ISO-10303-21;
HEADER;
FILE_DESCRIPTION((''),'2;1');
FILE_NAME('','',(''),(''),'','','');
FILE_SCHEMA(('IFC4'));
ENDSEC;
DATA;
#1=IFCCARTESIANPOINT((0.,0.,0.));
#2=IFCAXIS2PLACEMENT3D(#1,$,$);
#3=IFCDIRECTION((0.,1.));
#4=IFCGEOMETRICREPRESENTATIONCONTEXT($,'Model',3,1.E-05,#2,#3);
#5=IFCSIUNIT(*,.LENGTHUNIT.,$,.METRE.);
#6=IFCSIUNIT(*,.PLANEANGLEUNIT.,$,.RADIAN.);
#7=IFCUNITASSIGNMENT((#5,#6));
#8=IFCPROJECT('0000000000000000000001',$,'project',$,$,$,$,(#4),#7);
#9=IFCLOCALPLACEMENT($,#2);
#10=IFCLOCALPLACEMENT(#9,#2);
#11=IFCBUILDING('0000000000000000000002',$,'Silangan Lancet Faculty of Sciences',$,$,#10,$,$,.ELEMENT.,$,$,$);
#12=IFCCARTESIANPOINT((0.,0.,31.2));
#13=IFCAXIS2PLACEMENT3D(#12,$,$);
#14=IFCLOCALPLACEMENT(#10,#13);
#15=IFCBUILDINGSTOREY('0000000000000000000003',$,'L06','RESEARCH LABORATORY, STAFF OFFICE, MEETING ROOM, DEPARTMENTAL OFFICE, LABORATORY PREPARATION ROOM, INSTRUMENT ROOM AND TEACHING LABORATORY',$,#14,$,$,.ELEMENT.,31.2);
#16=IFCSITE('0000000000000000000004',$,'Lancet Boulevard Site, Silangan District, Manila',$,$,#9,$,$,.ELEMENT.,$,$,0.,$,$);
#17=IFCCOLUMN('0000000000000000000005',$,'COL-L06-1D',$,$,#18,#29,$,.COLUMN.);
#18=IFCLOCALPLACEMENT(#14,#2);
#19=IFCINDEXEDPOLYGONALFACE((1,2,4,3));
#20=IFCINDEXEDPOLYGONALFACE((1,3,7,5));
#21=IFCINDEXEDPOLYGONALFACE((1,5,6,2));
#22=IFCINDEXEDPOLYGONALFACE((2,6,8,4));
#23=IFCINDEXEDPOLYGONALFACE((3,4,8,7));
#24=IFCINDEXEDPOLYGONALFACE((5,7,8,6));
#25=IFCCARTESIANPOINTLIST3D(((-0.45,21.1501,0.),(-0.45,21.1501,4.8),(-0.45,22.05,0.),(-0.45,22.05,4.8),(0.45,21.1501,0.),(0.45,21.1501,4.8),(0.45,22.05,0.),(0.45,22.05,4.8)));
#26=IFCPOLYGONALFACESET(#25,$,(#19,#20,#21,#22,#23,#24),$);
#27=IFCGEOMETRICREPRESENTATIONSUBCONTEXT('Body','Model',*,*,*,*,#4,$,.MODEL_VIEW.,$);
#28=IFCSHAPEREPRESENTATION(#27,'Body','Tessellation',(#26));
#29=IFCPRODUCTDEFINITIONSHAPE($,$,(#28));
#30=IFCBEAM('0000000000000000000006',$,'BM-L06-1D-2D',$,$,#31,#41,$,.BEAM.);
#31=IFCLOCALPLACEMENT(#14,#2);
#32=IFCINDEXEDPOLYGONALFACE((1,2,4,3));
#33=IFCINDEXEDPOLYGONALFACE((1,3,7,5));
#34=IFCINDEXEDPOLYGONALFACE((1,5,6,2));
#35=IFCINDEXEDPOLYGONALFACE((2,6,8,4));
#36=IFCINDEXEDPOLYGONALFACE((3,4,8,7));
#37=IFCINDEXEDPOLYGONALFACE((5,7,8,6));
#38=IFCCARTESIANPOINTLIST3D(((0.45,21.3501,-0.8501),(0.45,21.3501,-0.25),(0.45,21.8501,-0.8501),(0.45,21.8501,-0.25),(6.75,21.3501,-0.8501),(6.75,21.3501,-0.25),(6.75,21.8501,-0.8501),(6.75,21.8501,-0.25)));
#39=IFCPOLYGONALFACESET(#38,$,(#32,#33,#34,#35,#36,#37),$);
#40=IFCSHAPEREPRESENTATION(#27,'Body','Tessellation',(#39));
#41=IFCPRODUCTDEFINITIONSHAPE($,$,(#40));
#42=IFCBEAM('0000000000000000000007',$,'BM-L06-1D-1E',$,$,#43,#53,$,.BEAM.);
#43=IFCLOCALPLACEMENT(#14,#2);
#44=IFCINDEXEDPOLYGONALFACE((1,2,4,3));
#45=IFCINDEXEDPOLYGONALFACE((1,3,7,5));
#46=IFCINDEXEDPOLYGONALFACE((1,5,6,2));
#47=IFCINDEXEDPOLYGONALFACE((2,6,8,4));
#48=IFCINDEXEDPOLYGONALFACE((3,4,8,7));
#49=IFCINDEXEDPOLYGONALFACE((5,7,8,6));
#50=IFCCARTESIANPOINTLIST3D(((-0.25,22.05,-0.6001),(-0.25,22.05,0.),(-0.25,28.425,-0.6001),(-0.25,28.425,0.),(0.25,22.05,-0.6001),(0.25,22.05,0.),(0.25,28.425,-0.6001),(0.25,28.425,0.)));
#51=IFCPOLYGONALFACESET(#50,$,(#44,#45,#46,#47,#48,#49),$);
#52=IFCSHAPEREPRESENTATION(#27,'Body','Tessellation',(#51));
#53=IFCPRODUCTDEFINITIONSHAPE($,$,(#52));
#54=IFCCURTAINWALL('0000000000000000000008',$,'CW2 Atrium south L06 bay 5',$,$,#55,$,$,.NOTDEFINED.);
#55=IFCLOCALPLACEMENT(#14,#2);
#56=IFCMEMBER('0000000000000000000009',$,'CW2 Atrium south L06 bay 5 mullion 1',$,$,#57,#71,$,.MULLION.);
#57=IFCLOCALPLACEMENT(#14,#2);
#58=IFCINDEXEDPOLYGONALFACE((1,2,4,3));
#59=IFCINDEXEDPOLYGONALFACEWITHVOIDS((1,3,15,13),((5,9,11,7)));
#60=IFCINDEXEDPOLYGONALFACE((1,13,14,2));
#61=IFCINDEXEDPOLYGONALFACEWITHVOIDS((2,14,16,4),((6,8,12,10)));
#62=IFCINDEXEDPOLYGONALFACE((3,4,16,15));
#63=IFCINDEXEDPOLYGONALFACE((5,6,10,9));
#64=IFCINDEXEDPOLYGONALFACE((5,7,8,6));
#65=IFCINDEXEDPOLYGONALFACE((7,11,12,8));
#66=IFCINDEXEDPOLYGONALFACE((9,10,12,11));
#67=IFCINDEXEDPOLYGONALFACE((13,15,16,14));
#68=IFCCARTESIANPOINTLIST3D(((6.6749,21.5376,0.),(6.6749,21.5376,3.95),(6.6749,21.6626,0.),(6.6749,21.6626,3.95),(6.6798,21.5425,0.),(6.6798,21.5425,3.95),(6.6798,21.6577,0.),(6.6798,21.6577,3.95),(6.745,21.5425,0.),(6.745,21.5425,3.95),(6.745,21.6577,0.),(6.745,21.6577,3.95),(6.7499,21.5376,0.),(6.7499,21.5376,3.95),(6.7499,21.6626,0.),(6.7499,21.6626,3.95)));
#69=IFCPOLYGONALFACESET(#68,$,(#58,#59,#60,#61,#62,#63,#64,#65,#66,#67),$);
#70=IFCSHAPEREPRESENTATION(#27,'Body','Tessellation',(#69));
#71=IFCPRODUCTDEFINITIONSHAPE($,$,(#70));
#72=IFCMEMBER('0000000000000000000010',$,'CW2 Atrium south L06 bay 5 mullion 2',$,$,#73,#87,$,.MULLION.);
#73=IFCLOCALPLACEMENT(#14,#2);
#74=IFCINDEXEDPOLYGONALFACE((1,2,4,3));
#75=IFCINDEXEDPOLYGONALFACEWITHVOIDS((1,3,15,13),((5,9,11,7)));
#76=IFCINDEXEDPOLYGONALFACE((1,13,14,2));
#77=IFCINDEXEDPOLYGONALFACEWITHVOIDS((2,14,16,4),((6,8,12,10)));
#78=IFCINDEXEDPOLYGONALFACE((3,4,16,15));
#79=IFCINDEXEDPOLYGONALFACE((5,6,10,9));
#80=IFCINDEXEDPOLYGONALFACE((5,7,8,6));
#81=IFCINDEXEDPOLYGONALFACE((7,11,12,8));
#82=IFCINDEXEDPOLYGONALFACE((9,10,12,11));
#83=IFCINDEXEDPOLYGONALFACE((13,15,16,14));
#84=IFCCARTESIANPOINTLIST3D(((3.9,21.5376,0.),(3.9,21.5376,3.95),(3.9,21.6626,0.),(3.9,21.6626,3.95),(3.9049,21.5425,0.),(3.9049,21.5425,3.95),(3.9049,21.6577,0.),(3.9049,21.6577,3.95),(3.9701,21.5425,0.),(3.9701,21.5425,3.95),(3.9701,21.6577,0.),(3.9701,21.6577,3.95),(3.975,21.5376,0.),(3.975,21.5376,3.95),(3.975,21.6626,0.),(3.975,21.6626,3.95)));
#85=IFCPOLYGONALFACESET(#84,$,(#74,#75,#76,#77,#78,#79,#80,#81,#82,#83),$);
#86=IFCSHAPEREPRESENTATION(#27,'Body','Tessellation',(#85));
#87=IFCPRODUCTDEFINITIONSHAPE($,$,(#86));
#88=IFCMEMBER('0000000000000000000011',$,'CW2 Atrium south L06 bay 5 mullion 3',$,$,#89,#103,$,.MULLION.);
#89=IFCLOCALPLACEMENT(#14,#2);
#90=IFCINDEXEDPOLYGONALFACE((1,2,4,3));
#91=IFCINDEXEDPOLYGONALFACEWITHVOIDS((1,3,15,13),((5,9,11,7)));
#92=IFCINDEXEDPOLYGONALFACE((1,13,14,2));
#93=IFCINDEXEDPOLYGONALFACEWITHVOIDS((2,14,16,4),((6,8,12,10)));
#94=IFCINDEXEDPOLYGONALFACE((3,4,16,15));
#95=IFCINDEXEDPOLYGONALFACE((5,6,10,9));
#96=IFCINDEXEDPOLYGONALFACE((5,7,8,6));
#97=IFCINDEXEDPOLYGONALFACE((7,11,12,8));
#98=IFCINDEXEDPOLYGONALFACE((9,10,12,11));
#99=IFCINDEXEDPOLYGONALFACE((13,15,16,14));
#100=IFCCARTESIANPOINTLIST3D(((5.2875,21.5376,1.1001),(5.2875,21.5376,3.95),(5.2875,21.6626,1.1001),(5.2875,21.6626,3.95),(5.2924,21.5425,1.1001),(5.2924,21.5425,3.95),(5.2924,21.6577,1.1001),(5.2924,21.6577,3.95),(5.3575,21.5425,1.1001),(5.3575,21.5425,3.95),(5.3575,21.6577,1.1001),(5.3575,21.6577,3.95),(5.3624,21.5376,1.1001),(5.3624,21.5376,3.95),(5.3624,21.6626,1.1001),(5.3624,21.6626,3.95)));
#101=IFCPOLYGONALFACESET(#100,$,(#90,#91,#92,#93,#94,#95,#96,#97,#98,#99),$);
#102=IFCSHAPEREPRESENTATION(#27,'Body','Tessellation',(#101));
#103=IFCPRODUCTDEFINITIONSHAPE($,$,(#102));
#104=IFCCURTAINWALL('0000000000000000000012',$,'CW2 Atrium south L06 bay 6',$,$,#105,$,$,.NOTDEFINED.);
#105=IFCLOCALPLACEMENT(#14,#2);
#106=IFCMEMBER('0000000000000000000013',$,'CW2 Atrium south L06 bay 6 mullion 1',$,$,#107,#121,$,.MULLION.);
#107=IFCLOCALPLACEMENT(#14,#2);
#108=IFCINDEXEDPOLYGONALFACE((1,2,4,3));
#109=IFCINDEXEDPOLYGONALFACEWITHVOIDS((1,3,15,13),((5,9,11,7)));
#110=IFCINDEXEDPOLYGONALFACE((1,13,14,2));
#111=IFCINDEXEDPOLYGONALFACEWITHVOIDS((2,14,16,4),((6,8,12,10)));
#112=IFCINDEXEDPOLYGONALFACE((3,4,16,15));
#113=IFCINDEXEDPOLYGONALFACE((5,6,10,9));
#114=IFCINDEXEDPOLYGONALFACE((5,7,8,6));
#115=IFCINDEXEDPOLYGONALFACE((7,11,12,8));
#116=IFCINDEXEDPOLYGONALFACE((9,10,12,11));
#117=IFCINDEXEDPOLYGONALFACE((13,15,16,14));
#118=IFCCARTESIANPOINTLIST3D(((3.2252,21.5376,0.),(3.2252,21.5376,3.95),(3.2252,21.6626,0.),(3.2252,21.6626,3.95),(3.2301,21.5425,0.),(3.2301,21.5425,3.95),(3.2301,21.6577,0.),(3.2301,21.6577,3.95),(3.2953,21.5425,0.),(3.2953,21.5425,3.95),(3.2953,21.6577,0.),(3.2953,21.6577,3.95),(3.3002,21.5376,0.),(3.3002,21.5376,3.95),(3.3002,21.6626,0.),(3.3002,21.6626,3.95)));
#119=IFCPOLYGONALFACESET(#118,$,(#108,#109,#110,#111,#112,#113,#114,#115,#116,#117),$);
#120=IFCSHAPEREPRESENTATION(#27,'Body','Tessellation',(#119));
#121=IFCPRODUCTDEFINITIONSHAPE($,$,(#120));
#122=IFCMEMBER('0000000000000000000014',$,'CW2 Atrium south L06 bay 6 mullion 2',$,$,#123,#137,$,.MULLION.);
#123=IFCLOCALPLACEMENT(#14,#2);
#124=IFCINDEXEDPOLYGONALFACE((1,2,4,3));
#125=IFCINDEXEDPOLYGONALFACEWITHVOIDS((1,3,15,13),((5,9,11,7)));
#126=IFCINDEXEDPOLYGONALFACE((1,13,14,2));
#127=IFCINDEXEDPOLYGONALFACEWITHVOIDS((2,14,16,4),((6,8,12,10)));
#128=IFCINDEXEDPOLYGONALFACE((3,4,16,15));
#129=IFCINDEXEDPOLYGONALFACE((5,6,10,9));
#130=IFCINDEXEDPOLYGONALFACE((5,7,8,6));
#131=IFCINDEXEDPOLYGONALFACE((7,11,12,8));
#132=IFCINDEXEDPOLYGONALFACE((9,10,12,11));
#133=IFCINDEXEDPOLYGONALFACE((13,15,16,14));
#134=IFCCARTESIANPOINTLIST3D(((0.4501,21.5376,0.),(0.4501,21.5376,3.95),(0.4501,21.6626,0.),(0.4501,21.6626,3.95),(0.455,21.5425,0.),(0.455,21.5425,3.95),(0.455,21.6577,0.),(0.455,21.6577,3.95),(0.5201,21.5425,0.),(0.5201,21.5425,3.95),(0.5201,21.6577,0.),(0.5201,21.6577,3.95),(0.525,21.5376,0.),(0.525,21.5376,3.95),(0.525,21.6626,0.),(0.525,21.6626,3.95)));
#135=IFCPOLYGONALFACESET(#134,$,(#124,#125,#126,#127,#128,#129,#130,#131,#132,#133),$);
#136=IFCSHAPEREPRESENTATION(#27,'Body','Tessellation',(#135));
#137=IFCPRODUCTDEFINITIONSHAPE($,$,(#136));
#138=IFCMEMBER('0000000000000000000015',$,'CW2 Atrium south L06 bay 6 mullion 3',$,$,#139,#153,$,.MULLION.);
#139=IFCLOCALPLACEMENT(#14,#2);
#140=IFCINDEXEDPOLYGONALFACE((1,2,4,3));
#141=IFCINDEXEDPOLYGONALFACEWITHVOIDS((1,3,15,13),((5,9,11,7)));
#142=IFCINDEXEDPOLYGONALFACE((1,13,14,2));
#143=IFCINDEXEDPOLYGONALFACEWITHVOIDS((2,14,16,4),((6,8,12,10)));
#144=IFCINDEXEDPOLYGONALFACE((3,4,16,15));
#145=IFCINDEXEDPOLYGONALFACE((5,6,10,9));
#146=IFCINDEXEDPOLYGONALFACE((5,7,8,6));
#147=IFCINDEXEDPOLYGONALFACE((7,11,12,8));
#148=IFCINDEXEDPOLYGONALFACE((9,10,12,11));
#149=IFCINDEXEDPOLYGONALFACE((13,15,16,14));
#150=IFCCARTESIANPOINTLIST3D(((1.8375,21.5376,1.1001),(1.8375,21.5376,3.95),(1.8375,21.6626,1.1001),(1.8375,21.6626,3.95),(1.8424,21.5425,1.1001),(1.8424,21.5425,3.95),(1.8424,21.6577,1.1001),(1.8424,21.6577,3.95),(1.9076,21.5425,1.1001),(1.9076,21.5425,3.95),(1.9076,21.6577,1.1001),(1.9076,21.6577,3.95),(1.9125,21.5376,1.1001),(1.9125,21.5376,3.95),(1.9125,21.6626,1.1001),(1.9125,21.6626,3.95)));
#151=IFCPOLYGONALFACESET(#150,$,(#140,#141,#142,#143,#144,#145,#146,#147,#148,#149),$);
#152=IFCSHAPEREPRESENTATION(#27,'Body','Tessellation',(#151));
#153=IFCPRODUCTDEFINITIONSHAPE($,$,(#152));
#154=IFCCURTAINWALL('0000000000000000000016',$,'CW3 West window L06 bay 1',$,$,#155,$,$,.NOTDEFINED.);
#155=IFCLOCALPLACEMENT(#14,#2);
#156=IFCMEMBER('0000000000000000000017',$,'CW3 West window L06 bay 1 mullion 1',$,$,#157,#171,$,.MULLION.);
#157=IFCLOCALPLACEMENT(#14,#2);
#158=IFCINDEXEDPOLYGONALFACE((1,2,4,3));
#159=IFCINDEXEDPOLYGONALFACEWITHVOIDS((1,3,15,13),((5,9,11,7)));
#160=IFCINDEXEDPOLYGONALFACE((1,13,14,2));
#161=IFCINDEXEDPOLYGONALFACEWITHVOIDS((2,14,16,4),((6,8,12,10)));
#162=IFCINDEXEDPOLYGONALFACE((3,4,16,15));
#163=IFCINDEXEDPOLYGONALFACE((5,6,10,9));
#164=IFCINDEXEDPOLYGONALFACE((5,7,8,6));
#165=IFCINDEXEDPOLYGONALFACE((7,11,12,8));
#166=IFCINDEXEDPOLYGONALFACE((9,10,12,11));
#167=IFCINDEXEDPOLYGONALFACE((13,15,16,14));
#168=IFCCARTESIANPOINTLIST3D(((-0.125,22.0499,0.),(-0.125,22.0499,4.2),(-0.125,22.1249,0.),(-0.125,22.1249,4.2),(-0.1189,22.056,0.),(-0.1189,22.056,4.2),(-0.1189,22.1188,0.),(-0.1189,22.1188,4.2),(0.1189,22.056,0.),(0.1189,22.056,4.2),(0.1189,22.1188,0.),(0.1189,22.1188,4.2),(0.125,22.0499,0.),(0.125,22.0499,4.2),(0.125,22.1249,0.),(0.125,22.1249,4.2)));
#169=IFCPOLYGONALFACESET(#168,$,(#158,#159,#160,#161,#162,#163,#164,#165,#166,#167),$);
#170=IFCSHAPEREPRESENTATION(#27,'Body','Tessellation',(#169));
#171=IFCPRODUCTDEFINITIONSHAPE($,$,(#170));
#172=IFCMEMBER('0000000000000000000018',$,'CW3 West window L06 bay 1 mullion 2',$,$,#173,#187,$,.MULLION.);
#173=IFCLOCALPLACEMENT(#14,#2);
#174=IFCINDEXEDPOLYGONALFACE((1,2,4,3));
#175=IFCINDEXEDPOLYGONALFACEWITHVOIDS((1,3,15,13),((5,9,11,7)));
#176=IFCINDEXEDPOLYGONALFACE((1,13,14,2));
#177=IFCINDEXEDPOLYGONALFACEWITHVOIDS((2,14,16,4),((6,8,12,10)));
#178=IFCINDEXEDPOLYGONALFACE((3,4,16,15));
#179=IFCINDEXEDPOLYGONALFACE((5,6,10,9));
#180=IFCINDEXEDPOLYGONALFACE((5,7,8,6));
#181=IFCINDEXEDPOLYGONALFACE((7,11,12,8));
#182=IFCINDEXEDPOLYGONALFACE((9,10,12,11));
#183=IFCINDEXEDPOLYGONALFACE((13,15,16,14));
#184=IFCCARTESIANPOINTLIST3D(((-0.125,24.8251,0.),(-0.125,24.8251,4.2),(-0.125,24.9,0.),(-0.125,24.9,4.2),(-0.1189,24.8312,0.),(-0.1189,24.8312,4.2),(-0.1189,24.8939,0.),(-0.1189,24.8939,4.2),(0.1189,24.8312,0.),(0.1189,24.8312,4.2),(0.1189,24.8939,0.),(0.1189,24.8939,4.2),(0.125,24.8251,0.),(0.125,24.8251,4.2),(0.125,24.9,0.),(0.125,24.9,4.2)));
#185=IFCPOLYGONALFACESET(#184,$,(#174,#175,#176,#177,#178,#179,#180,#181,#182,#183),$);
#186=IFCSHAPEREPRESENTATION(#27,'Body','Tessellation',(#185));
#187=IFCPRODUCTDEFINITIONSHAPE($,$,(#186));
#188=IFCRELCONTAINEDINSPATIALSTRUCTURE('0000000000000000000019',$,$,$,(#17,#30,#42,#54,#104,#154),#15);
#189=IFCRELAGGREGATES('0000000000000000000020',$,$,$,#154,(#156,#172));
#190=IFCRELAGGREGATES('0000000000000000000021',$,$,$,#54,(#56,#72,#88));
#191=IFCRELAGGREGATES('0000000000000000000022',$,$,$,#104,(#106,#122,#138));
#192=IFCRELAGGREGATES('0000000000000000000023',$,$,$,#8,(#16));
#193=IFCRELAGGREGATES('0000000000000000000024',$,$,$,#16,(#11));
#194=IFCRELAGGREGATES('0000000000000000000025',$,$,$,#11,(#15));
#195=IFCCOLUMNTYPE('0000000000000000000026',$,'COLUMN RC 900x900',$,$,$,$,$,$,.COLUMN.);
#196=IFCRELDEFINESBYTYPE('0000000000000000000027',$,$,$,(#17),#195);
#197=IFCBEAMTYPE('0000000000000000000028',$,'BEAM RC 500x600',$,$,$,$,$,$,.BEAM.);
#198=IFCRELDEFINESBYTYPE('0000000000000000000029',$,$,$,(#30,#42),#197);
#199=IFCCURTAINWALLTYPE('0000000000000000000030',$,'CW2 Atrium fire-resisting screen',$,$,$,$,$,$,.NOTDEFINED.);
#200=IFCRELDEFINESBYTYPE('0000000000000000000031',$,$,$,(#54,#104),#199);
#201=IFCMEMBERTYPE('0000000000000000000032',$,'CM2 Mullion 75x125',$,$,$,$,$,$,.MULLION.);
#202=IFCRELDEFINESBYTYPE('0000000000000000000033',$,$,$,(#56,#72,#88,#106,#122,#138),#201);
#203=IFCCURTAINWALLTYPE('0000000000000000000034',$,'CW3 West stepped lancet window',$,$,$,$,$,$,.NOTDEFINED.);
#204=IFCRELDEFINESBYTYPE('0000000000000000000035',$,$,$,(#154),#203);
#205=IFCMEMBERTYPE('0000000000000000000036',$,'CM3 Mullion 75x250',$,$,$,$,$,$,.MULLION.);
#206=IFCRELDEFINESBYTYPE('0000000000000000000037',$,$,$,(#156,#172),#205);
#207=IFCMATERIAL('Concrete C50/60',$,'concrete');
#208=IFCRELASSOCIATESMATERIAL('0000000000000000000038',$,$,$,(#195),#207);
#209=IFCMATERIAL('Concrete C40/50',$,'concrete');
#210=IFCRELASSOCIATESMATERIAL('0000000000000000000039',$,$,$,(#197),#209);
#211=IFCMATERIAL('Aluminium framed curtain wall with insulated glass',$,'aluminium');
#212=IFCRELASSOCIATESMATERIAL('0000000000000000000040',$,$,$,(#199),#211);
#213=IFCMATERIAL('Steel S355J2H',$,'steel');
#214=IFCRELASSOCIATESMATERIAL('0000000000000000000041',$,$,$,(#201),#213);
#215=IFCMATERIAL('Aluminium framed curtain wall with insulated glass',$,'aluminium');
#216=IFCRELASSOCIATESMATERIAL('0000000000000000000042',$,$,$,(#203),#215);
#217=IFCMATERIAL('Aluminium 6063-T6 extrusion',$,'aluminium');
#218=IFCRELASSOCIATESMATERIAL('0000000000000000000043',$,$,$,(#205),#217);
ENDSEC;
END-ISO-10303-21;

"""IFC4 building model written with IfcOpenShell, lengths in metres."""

from ifc_helpers import new_model, si_unit, direction, frame, origin, origin_2d, place, context, subcontext, project, spatial, rectangle, hollow_rectangle, extrude, material, material_profile, profile_set, type_object, element, aggregate, save


model = new_model("IFC4")

# Units and contexts
model_context = context("Model", 3, precision=1e-05, world=origin(), true_north=direction((0.0, 1.0)))
body_context = subcontext(model_context, "Body", "Model", "MODEL_VIEW")
ifc_project = project(units=[si_unit("LENGTHUNIT", "METRE"), si_unit("PLANEANGLEUNIT", "RADIAN")], contexts=[model_context])

# Site, building, storey
site_placement = place(None, origin())
site = spatial("IfcSite", under=ifc_project, at=site_placement, Name="Lancet Boulevard Site, Silangan District, Manila", CompositionType="ELEMENT", RefElevation=0.0)
building_placement = place(site_placement, origin())
building = spatial("IfcBuilding", under=site, at=building_placement, Name="Silangan Lancet Faculty of Sciences", CompositionType="ELEMENT")
storey_placement = place(building_placement, frame((0.0, 0.0, 31.2)))
storey = spatial("IfcBuildingStorey", under=building, at=storey_placement, Name="L06", Description="RESEARCH LABORATORY, STAFF OFFICE, MEETING ROOM, DEPARTMENTAL OFFICE, LABORATORY PREPARATION ROOM, INSTRUMENT ROOM AND TEACHING LABORATORY", CompositionType="ELEMENT", Elevation=31.2)

# Column
ifc_material_1 = material(Name="Concrete C50/60", Category="concrete")
ifc_material_profile_1 = material_profile(ifc_material_1, rectangle(XDim=0.8999, YDim=0.8999, at=origin_2d()), Name="RC 900x900")
ifc_profile_set_1 = profile_set([ifc_material_profile_1], Name="Concrete C50/60")
column_type = type_object("IfcColumnType", Name="COLUMN RC 900x900", PredefinedType="COLUMN", material=ifc_profile_set_1)
column_placement = place(storey_placement, frame((0.0, 21.6001, 0.0), z_axis=(0.0, 0.0, 1.0), x_axis=(1.0, 0.0, 0.0)))
element("IfcColumn", 1, at=column_placement, inside=storey, type_object=column_type, Name="COL-L06-1D", PredefinedType="COLUMN", context=body_context, shape_type="SweptSolid", body=[
    extrude(rectangle(XDim=0.8999, YDim=0.8999, at=origin_2d()), origin(), (0.0, 0.0, 1.0), 4.8),
])

# Beams
ifc_material_2 = material(Name="Concrete C40/50", Category="concrete")
ifc_material_profile_2 = material_profile(ifc_material_2, rectangle(XDim=0.5, YDim=0.6001, at=origin_2d()), Name="RC 500x600")
ifc_profile_set_2 = profile_set([ifc_material_profile_2], Name="Concrete C40/50")
beam_type = type_object("IfcBeamType", Name="BEAM RC 500x600", PredefinedType="BEAM", material=ifc_profile_set_2)
beam_1_placement = place(storey_placement, frame((0.45, 21.6001, -0.55), z_axis=(1.0, 0.0, 0.0), x_axis=(0.0, 1.0, 0.0)))
element("IfcBeam", 2, at=beam_1_placement, inside=storey, type_object=beam_type, Name="BM-L06-1D-2D", PredefinedType="BEAM", context=body_context, shape_type="SweptSolid", body=[
    extrude(rectangle(XDim=0.5, YDim=0.6001, at=origin_2d()), origin(), (0.0, 0.0, 1.0), 6.3),
])
beam_2_placement = place(storey_placement, frame((0.0, 22.05, -0.3), z_axis=(0.0, 1.0, 0.0), x_axis=(-1.0, 0.0, 0.0)))
element("IfcBeam", 3, at=beam_2_placement, inside=storey, type_object=beam_type, Name="BM-L06-1D-1E", PredefinedType="BEAM", context=body_context, shape_type="SweptSolid", body=[
    extrude(rectangle(XDim=0.5, YDim=0.6001, at=origin_2d()), origin(), (0.0, 0.0, 1.0), 6.375),
])

# Curtain walls, members
ifc_material_3 = material(Name="Aluminium framed curtain wall with insulated glass", Category="aluminium")
curtain_wall_type_1 = type_object("IfcCurtainWallType", Name="CW2 Atrium fire-resisting screen", PredefinedType="NOTDEFINED", material=ifc_material_3)
curtain_wall_1_placement = place(storey_placement, origin())
curtain_wall_1 = element("IfcCurtainWall", 4, at=curtain_wall_1_placement, inside=storey, type_object=curtain_wall_type_1, Name="CW2 Atrium south L06 bay 5", PredefinedType="NOTDEFINED")
ifc_material_4 = material(Name="Steel S355J2H", Category="steel")
ifc_material_profile_3 = material_profile(ifc_material_4, hollow_rectangle(XDim=0.075, YDim=0.125, WallThickness=0.0049, at=origin_2d()), Name="ST BOX 75x125x5")
ifc_profile_set_3 = profile_set([ifc_material_profile_3], Name="Steel S355J2H")
member_type_1 = type_object("IfcMemberType", Name="CM2 Mullion 75x125", PredefinedType="MULLION", material=ifc_profile_set_3)
member_1_placement = place(storey_placement, frame((6.7124, 21.6001, 0.0), z_axis=(0.0, 0.0, 1.0), x_axis=(-1.0, 0.0, 0.0)))
member_1 = element("IfcMember", 5, at=member_1_placement, type_object=member_type_1, Name="CW2 Atrium south L06 bay 5 mullion 1", PredefinedType="MULLION", context=body_context, shape_type="SweptSolid", body=[
    extrude(hollow_rectangle(XDim=0.075, YDim=0.125, WallThickness=0.0049, at=origin_2d()), origin(), (0.0, 0.0, 1.0), 3.95),
])
member_2_placement = place(storey_placement, frame((3.9375, 21.6001, 0.0), z_axis=(0.0, 0.0, 1.0), x_axis=(-1.0, 0.0, 0.0)))
member_2 = element("IfcMember", 6, at=member_2_placement, type_object=member_type_1, Name="CW2 Atrium south L06 bay 5 mullion 2", PredefinedType="MULLION", context=body_context, shape_type="SweptSolid", body=[
    extrude(hollow_rectangle(XDim=0.075, YDim=0.125, WallThickness=0.0049, at=origin_2d()), origin(), (0.0, 0.0, 1.0), 3.95),
])
member_3_placement = place(storey_placement, frame((5.325, 21.6001, 1.1001), z_axis=(0.0, 0.0, 1.0), x_axis=(-1.0, 0.0, 0.0)))
member_3 = element("IfcMember", 7, at=member_3_placement, type_object=member_type_1, Name="CW2 Atrium south L06 bay 5 mullion 3", PredefinedType="MULLION", context=body_context, shape_type="SweptSolid", body=[
    extrude(hollow_rectangle(XDim=0.075, YDim=0.125, WallThickness=0.0049, at=origin_2d()), origin(), (0.0, 0.0, 1.0), 2.8499),
])
curtain_wall_2_placement = place(storey_placement, origin())
curtain_wall_2 = element("IfcCurtainWall", 8, at=curtain_wall_2_placement, inside=storey, type_object=curtain_wall_type_1, Name="CW2 Atrium south L06 bay 6", PredefinedType="NOTDEFINED")
member_4_placement = place(storey_placement, frame((3.2627, 21.6001, 0.0), z_axis=(0.0, 0.0, 1.0), x_axis=(-1.0, 0.0, 0.0)))
member_4 = element("IfcMember", 9, at=member_4_placement, type_object=member_type_1, Name="CW2 Atrium south L06 bay 6 mullion 1", PredefinedType="MULLION", context=body_context, shape_type="SweptSolid", body=[
    extrude(hollow_rectangle(XDim=0.075, YDim=0.125, WallThickness=0.0049, at=origin_2d()), origin(), (0.0, 0.0, 1.0), 3.95),
])
member_5_placement = place(storey_placement, frame((0.4875, 21.6001, 0.0), z_axis=(0.0, 0.0, 1.0), x_axis=(-1.0, 0.0, 0.0)))
member_5 = element("IfcMember", 10, at=member_5_placement, type_object=member_type_1, Name="CW2 Atrium south L06 bay 6 mullion 2", PredefinedType="MULLION", context=body_context, shape_type="SweptSolid", body=[
    extrude(hollow_rectangle(XDim=0.075, YDim=0.125, WallThickness=0.0049, at=origin_2d()), origin(), (0.0, 0.0, 1.0), 3.95),
])
member_6_placement = place(storey_placement, frame((1.875, 21.6001, 1.1001), z_axis=(0.0, 0.0, 1.0), x_axis=(-1.0, 0.0, 0.0)))
member_6 = element("IfcMember", 11, at=member_6_placement, type_object=member_type_1, Name="CW2 Atrium south L06 bay 6 mullion 3", PredefinedType="MULLION", context=body_context, shape_type="SweptSolid", body=[
    extrude(hollow_rectangle(XDim=0.075, YDim=0.125, WallThickness=0.0049, at=origin_2d()), origin(), (0.0, 0.0, 1.0), 2.8499),
])
ifc_material_5 = material(Name="Aluminium framed curtain wall with insulated glass", Category="aluminium")
curtain_wall_type_2 = type_object("IfcCurtainWallType", Name="CW3 West stepped lancet window", PredefinedType="NOTDEFINED", material=ifc_material_5)
curtain_wall_3_placement = place(storey_placement, origin())
curtain_wall_3 = element("IfcCurtainWall", 12, at=curtain_wall_3_placement, inside=storey, type_object=curtain_wall_type_2, Name="CW3 West window L06 bay 1", PredefinedType="NOTDEFINED")
ifc_material_6 = material(Name="Aluminium 6063-T6 extrusion", Category="aluminium")
ifc_material_profile_4 = material_profile(ifc_material_6, hollow_rectangle(XDim=0.075, YDim=0.25, WallThickness=0.0061, at=origin_2d()), Name="AL BOX 75x250x6")
ifc_profile_set_4 = profile_set([ifc_material_profile_4], Name="Aluminium 6063-T6 extrusion")
member_type_2 = type_object("IfcMemberType", Name="CM3 Mullion 75x250", PredefinedType="MULLION", material=ifc_profile_set_4)
member_7_placement = place(storey_placement, frame((0.0, 22.0874, 0.0), z_axis=(0.0, 0.0, 1.0), x_axis=(0.0, 1.0, 0.0)))
member_7 = element("IfcMember", 13, at=member_7_placement, type_object=member_type_2, Name="CW3 West window L06 bay 1 mullion 1", PredefinedType="MULLION", context=body_context, shape_type="SweptSolid", body=[
    extrude(hollow_rectangle(XDim=0.075, YDim=0.25, WallThickness=0.0061, at=origin_2d()), origin(), (0.0, 0.0, 1.0), 4.2),
])
member_8_placement = place(storey_placement, frame((0.0, 24.8625, 0.0), z_axis=(0.0, 0.0, 1.0), x_axis=(0.0, 1.0, 0.0)))
member_8 = element("IfcMember", 14, at=member_8_placement, type_object=member_type_2, Name="CW3 West window L06 bay 1 mullion 2", PredefinedType="MULLION", context=body_context, shape_type="SweptSolid", body=[
    extrude(hollow_rectangle(XDim=0.075, YDim=0.25, WallThickness=0.0061, at=origin_2d()), origin(), (0.0, 0.0, 1.0), 4.2),
])

aggregate(curtain_wall_3, [member_7, member_8])
aggregate(curtain_wall_1, [member_1, member_2, member_3])
aggregate(curtain_wall_2, [member_4, member_5, member_6])

save(model, "model.ifc")
